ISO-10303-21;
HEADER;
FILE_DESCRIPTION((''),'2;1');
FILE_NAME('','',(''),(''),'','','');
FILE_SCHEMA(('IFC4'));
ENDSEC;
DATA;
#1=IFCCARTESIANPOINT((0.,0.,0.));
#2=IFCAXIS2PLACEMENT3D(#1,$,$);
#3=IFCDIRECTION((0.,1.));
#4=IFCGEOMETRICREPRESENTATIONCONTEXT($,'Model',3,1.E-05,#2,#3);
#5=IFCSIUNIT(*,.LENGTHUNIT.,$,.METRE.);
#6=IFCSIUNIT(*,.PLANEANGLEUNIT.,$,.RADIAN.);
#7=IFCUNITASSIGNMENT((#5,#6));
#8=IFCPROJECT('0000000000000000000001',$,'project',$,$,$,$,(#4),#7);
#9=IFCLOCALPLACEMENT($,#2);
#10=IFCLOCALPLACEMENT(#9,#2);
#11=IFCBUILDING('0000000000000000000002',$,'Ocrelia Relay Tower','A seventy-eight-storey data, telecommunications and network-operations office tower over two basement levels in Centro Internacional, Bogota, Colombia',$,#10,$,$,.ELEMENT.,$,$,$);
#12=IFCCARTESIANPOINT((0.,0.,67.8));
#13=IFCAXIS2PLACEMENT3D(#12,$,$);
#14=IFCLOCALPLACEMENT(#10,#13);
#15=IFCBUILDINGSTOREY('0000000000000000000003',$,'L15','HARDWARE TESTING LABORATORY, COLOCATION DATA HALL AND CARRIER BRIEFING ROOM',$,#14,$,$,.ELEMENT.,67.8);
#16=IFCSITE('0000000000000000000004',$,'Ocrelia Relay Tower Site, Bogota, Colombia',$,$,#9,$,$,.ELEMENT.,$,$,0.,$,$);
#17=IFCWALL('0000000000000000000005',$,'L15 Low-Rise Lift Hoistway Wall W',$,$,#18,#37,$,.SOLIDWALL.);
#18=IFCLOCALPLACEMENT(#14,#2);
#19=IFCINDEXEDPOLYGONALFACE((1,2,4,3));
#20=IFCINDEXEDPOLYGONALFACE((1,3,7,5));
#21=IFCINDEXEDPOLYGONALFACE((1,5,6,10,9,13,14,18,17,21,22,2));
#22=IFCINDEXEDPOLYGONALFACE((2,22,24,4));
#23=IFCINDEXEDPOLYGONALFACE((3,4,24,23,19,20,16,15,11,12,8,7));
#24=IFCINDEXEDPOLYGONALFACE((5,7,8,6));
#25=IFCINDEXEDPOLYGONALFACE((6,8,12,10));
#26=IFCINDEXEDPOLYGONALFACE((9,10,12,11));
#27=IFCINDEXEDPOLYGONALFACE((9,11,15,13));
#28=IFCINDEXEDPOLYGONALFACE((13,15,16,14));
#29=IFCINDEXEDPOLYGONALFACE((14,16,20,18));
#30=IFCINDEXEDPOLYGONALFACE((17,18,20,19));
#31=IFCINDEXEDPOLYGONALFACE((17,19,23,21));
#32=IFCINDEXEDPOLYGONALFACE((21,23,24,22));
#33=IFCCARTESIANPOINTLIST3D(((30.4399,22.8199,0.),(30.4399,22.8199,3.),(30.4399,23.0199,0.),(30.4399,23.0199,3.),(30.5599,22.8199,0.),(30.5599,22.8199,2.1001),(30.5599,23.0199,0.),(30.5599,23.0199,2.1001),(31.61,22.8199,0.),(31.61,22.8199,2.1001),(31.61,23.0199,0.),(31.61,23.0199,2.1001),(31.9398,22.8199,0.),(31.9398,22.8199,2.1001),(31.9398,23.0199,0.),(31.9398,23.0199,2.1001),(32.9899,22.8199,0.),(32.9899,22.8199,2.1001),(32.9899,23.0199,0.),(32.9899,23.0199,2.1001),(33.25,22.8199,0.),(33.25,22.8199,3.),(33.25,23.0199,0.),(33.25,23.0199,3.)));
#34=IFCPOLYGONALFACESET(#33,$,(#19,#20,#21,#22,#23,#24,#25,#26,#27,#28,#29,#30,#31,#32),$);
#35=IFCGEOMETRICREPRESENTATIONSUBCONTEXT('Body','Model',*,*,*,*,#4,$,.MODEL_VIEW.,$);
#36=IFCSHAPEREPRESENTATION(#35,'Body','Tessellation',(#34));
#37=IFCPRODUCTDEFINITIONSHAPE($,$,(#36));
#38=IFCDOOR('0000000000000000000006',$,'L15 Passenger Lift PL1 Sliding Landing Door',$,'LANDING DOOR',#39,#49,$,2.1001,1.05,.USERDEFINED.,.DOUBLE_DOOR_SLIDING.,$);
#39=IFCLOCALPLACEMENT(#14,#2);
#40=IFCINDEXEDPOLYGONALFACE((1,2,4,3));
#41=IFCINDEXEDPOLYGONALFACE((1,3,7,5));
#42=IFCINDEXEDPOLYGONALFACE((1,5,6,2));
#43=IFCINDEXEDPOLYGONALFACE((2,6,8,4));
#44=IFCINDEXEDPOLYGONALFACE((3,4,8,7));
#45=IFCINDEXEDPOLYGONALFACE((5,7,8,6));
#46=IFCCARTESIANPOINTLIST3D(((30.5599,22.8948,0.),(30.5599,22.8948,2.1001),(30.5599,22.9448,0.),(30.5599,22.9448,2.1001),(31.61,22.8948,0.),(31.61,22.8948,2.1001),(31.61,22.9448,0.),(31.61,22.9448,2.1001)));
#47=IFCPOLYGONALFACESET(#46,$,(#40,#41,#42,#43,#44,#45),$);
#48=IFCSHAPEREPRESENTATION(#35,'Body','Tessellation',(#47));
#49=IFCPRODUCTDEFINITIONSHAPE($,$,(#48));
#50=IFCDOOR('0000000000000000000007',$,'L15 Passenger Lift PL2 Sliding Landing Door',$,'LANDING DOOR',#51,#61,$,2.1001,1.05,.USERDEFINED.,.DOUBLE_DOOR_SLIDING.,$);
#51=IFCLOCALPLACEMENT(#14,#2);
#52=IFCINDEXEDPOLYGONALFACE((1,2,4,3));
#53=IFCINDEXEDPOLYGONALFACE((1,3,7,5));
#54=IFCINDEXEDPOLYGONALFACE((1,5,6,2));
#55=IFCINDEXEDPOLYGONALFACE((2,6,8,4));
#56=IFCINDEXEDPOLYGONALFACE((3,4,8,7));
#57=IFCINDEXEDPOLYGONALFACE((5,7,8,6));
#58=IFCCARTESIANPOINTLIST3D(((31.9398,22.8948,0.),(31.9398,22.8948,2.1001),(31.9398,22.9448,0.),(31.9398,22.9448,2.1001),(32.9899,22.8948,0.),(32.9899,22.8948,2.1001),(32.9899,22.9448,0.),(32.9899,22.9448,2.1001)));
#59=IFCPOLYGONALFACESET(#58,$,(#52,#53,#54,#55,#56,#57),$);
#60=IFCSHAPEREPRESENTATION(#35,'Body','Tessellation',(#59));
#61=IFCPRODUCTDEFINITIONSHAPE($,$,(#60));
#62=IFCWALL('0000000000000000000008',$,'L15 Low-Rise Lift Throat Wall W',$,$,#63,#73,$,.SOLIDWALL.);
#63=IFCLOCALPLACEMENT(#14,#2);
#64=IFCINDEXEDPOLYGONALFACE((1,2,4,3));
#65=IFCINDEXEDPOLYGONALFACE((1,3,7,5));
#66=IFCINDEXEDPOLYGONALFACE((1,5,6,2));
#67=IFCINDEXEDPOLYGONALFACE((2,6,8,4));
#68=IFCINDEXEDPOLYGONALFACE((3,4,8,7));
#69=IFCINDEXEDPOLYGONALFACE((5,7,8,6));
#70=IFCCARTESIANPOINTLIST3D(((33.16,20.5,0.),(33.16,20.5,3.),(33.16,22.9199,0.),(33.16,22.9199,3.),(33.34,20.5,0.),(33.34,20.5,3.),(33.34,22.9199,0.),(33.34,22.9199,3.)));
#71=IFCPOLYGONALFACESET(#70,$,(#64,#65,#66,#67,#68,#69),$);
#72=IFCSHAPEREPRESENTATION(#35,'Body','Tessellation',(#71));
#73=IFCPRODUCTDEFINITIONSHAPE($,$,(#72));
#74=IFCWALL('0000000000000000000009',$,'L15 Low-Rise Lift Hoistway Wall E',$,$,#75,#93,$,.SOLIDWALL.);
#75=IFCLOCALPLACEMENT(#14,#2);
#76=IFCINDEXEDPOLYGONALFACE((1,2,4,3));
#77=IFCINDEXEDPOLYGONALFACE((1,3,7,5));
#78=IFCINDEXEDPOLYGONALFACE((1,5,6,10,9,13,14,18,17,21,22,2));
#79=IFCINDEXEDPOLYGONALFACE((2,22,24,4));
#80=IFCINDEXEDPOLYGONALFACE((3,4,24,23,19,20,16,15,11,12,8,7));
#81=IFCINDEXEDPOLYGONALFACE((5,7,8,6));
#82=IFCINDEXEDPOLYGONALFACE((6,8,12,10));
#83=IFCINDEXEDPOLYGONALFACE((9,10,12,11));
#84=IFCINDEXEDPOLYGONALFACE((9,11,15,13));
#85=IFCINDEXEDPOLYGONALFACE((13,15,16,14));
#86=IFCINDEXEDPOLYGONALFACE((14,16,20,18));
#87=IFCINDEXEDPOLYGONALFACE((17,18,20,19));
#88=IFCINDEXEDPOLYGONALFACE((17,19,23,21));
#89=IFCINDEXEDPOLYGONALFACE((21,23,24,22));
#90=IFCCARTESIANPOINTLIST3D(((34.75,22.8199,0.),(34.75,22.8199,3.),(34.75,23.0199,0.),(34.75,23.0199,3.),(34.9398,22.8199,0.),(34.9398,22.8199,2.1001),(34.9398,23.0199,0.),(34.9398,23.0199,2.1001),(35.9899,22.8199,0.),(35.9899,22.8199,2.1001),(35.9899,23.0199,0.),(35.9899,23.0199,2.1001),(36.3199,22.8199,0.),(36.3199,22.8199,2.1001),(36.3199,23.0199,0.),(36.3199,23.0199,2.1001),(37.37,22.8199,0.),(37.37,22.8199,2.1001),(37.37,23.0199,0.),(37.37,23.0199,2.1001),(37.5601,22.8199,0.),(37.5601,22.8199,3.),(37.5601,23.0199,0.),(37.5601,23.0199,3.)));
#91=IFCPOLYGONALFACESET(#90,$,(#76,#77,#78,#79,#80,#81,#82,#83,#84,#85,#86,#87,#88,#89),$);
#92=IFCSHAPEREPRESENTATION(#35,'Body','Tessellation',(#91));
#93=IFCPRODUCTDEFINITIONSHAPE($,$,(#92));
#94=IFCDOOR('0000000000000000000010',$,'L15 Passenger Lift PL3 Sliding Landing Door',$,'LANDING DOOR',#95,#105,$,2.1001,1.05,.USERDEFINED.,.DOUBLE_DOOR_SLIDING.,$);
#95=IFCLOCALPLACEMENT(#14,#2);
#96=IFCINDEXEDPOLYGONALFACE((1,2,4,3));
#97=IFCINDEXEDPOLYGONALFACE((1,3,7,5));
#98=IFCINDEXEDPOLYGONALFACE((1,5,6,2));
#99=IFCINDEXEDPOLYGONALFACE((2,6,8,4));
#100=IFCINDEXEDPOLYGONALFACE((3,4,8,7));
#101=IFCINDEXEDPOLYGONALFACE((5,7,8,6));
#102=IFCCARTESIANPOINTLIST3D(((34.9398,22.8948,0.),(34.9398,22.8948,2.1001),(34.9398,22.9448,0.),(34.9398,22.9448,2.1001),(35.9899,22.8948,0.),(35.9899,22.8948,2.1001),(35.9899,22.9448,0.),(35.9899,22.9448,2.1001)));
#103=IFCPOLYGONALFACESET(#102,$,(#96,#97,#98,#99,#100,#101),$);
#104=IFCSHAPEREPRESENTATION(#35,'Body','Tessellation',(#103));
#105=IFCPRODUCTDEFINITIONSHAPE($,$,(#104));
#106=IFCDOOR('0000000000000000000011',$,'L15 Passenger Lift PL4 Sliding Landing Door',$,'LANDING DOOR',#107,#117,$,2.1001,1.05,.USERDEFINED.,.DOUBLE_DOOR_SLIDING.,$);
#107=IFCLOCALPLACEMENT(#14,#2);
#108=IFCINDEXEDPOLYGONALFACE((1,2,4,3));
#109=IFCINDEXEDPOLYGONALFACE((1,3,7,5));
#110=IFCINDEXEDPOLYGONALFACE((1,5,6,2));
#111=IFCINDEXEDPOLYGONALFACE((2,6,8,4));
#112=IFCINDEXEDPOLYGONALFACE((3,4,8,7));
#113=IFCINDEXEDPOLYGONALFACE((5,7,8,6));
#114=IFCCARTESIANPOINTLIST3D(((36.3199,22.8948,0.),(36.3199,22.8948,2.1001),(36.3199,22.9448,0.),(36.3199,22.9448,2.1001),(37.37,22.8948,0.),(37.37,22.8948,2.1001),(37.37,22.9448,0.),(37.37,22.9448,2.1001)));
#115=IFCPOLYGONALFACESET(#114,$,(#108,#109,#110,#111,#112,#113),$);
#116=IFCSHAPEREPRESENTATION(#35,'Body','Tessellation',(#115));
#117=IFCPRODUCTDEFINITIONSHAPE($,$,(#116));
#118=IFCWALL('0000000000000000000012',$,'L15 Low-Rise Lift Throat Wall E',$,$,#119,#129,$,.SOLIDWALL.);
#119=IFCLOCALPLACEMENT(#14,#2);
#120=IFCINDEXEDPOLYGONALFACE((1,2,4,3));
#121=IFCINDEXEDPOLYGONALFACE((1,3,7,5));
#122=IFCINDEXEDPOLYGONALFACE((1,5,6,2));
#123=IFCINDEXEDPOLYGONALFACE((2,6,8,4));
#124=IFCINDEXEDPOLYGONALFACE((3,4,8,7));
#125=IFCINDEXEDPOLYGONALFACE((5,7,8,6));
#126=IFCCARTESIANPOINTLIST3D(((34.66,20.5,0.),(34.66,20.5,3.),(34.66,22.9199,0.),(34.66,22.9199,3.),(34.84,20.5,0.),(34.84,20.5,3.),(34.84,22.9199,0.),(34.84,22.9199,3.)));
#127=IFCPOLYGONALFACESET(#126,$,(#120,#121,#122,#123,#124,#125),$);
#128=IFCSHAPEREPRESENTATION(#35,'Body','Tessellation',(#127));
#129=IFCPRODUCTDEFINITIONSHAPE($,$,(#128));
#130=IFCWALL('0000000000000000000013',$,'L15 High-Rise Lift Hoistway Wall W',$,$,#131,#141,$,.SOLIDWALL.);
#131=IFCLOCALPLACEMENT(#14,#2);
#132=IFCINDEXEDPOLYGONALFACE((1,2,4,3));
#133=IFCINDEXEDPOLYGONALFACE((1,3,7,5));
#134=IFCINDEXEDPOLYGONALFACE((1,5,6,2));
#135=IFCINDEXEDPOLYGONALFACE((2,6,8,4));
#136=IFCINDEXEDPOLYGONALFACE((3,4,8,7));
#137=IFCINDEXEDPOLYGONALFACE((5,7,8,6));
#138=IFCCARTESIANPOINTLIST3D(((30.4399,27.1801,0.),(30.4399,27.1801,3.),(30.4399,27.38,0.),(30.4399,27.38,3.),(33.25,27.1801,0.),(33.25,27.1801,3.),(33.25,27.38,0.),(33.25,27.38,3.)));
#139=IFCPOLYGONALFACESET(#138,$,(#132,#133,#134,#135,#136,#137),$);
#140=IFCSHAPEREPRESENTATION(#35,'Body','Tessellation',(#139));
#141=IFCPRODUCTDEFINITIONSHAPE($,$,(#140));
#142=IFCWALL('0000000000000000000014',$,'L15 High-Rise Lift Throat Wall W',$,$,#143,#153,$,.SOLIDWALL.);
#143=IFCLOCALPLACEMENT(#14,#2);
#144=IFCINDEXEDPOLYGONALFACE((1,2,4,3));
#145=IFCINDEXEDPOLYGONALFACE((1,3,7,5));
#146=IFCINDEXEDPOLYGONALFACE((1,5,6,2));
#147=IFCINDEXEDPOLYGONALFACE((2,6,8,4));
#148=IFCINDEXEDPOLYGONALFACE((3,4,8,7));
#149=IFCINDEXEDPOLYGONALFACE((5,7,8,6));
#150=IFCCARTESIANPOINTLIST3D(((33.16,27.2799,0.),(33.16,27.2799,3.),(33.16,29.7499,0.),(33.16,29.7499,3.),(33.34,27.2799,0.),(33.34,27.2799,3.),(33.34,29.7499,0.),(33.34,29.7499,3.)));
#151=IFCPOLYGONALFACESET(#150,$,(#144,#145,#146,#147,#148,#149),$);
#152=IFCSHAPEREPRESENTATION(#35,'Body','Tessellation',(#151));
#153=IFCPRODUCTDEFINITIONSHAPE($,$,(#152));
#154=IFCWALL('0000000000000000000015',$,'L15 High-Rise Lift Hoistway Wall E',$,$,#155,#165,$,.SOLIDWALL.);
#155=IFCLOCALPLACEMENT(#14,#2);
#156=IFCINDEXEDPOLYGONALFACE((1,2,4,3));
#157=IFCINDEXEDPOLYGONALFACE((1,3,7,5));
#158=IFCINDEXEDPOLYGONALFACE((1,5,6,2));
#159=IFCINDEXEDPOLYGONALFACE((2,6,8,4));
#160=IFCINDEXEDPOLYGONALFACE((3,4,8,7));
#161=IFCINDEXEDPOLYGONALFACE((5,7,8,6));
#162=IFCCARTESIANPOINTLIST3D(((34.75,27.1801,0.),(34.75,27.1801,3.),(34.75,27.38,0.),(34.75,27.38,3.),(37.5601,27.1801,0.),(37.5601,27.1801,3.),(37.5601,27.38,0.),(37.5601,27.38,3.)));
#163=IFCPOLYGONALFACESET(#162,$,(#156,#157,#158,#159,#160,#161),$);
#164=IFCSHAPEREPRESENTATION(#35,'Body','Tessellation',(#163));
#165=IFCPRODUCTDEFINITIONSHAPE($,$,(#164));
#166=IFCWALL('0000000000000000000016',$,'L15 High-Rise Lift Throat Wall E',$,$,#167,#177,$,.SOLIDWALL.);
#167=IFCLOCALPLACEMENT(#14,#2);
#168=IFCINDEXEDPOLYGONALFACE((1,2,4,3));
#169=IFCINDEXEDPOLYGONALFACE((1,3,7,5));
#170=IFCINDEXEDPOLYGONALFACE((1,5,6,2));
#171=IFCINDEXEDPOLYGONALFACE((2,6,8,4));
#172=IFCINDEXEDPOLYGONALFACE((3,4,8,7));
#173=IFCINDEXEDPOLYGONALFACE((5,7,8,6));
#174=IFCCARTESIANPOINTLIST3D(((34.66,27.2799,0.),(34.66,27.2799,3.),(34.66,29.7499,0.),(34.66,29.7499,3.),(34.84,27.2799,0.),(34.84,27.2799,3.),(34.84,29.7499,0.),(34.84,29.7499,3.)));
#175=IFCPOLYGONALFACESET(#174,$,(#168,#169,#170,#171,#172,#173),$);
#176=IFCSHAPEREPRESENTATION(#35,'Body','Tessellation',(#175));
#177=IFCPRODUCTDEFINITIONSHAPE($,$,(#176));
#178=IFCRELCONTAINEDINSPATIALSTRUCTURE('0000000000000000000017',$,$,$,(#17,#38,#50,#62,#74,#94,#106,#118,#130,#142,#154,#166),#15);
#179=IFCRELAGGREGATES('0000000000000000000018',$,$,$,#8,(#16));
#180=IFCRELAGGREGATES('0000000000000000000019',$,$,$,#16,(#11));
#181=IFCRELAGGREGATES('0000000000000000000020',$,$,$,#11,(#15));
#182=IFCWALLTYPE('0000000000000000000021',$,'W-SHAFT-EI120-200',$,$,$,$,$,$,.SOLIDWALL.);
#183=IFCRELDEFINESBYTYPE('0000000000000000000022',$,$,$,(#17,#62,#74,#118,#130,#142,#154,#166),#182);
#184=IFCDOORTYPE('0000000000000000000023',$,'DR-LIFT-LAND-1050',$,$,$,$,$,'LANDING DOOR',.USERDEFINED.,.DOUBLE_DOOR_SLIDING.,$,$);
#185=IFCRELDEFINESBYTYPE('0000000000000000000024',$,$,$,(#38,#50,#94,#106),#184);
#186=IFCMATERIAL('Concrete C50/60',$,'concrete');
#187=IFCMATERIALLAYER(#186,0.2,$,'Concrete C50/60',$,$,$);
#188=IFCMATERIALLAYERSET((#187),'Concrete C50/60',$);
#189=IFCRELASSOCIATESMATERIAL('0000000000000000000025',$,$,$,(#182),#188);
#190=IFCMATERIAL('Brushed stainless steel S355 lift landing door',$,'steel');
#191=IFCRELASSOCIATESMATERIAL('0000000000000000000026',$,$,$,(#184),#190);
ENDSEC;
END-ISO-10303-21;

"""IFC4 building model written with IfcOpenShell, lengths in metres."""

from ifc_helpers import new_model, si_unit, direction, frame, frame_2d, origin, place, context, subcontext, project, spatial, rectangle, extrude, material, layer, layer_set, type_object, element, fill, save


model = new_model("IFC4")

# Units and contexts
model_context = context("Model", 3, precision=1e-05, world=origin(), true_north=direction((0.0, 1.0)))
body_context = subcontext(model_context, "Body", "Model", "MODEL_VIEW")
ifc_project = project(units=[si_unit("LENGTHUNIT", "METRE"), si_unit("PLANEANGLEUNIT", "RADIAN")], contexts=[model_context])

# Site, building, storey
site_placement = place(None, origin())
site = spatial("IfcSite", under=ifc_project, at=site_placement, Name="Ocrelia Relay Tower Site, Bogota, Colombia", CompositionType="ELEMENT", RefElevation=0.0)
building_placement = place(site_placement, origin())
building = spatial("IfcBuilding", under=site, at=building_placement, Name="Ocrelia Relay Tower", Description="A seventy-eight-storey data, telecommunications and network-operations office tower over two basement levels in Centro Internacional, Bogota, Colombia", CompositionType="ELEMENT")
storey_placement = place(building_placement, frame((0.0, 0.0, 67.8)))
storey = spatial("IfcBuildingStorey", under=building, at=storey_placement, Name="L15", Description="HARDWARE TESTING LABORATORY, COLOCATION DATA HALL AND CARRIER BRIEFING ROOM", CompositionType="ELEMENT", Elevation=67.8)

# Wall, openings, doors
ifc_material_1 = material(Name="Concrete C50/60", Category="concrete")
ifc_layer_1 = layer(ifc_material_1, 0.2, Name="Concrete C50/60")
ifc_layer_set_1 = layer_set([ifc_layer_1], Name="Concrete C50/60")
wall_type_1 = type_object("IfcWallType", Name="W-SHAFT-EI120-200", PredefinedType="SOLIDWALL", material=ifc_layer_set_1)
wall_1_placement = place(storey_placement, frame((30.4399, 22.9199, 0.0), z_axis=(0.0, 0.0, 1.0), x_axis=(1.0, 0.0, 0.0)))
wall_1 = element("IfcWall", 1, at=wall_1_placement, inside=storey, type_object=wall_type_1, Name="L15 Low-Rise Lift Hoistway Wall W", PredefinedType="SOLIDWALL", context=body_context, shape_type="SweptSolid", body=[
    extrude(rectangle(XDim=2.8101, YDim=0.2, at=frame_2d((1.405, 0.0))), origin(), (0.0, 0.0, 1.0), 3.0),
])
opening_1_placement = place(wall_1_placement, frame((0.1201, 0.0, 0.0)))
opening_1 = element("IfcOpeningElement", 2, at=opening_1_placement, cuts=wall_1, PredefinedType="OPENING", context=body_context, shape_type="SweptSolid", body=[
    extrude(rectangle(XDim=1.05, YDim=2.1001, at=frame_2d((0.5249, 1.05))), frame((0.0, 0.1099, 0.0), z_axis=(0.0, -1.0, 0.0), x_axis=(1.0, 0.0, 0.0)), (0.0, 0.0, 1.0), 0.22),
])
opening_2_placement = place(wall_1_placement, frame((1.5, 0.0, 0.0)))
opening_2 = element("IfcOpeningElement", 3, at=opening_2_placement, cuts=wall_1, PredefinedType="OPENING", context=body_context, shape_type="SweptSolid", body=[
    extrude(rectangle(XDim=1.05, YDim=2.1001, at=frame_2d((0.5249, 1.05))), frame((0.0, 0.1099, 0.0), z_axis=(0.0, -1.0, 0.0), x_axis=(1.0, 0.0, 0.0)), (0.0, 0.0, 1.0), 0.22),
])
ifc_material_2 = material(Name="Brushed stainless steel S355 lift landing door", Category="steel")
door_type_1 = type_object("IfcDoorType", Name="DR-LIFT-LAND-1050", ElementType="LANDING DOOR", OperationType="DOUBLE_DOOR_SLIDING", PredefinedType="USERDEFINED", material=ifc_material_2)
door_1_placement = place(opening_1_placement, origin())
door_1 = element("IfcDoor", 4, at=door_1_placement, inside=storey, type_object=door_type_1, Name="L15 Passenger Lift PL1 Sliding Landing Door", ObjectType="LANDING DOOR", OperationType="DOUBLE_DOOR_SLIDING", OverallHeight=2.1001, OverallWidth=1.05, PredefinedType="USERDEFINED", context=body_context, shape_type="SweptSolid", body=[
    extrude(rectangle(XDim=1.05, YDim=2.1001, at=frame_2d((0.5249, 1.05))), frame((0.0, 0.0249, 0.0), z_axis=(0.0, -1.0, 0.0), x_axis=(1.0, 0.0, 0.0)), (0.0, 0.0, 1.0), 0.05),
])
fill(opening_1, door_1)
door_2_placement = place(opening_2_placement, origin())
door_2 = element("IfcDoor", 5, at=door_2_placement, inside=storey, type_object=door_type_1, Name="L15 Passenger Lift PL2 Sliding Landing Door", ObjectType="LANDING DOOR", OperationType="DOUBLE_DOOR_SLIDING", OverallHeight=2.1001, OverallWidth=1.05, PredefinedType="USERDEFINED", context=body_context, shape_type="SweptSolid", body=[
    extrude(rectangle(XDim=1.05, YDim=2.1001, at=frame_2d((0.5249, 1.05))), frame((0.0, 0.0249, 0.0), z_axis=(0.0, -1.0, 0.0), x_axis=(1.0, 0.0, 0.0)), (0.0, 0.0, 1.0), 0.05),
])
fill(opening_2, door_2)

# Wall
wall_2_placement = place(storey_placement, frame((33.25, 20.5, 0.0), z_axis=(0.0, 0.0, 1.0), x_axis=(0.0, 1.0, 0.0)))
element("IfcWall", 6, at=wall_2_placement, inside=storey, type_object=wall_type_1, Name="L15 Low-Rise Lift Throat Wall W", PredefinedType="SOLIDWALL", context=body_context, shape_type="SweptSolid", body=[
    extrude(rectangle(XDim=2.4199, YDim=0.1799, at=frame_2d((1.21, 0.0))), origin(), (0.0, 0.0, 1.0), 3.0),
])

# Wall, openings, doors
wall_3_placement = place(storey_placement, frame((34.75, 22.9199, 0.0), z_axis=(0.0, 0.0, 1.0), x_axis=(1.0, 0.0, 0.0)))
wall_3 = element("IfcWall", 7, at=wall_3_placement, inside=storey, type_object=wall_type_1, Name="L15 Low-Rise Lift Hoistway Wall E", PredefinedType="SOLIDWALL", context=body_context, shape_type="SweptSolid", body=[
    extrude(rectangle(XDim=2.8101, YDim=0.2, at=frame_2d((1.405, 0.0))), origin(), (0.0, 0.0, 1.0), 3.0),
])
opening_3_placement = place(wall_3_placement, frame((0.1899, 0.0, 0.0)))
opening_3 = element("IfcOpeningElement", 8, at=opening_3_placement, cuts=wall_3, PredefinedType="OPENING", context=body_context, shape_type="SweptSolid", body=[
    extrude(rectangle(XDim=1.05, YDim=2.1001, at=frame_2d((0.5249, 1.05))), frame((0.0, 0.1099, 0.0), z_axis=(0.0, -1.0, 0.0), x_axis=(1.0, 0.0, 0.0)), (0.0, 0.0, 1.0), 0.22),
])
opening_4_placement = place(wall_3_placement, frame((1.5701, 0.0, 0.0)))
opening_4 = element("IfcOpeningElement", 9, at=opening_4_placement, cuts=wall_3, PredefinedType="OPENING", context=body_context, shape_type="SweptSolid", body=[
    extrude(rectangle(XDim=1.05, YDim=2.1001, at=frame_2d((0.5249, 1.05))), frame((0.0, 0.1099, 0.0), z_axis=(0.0, -1.0, 0.0), x_axis=(1.0, 0.0, 0.0)), (0.0, 0.0, 1.0), 0.22),
])
door_3_placement = place(opening_3_placement, origin())
door_3 = element("IfcDoor", 10, at=door_3_placement, inside=storey, type_object=door_type_1, Name="L15 Passenger Lift PL3 Sliding Landing Door", ObjectType="LANDING DOOR", OperationType="DOUBLE_DOOR_SLIDING", OverallHeight=2.1001, OverallWidth=1.05, PredefinedType="USERDEFINED", context=body_context, shape_type="SweptSolid", body=[
    extrude(rectangle(XDim=1.05, YDim=2.1001, at=frame_2d((0.5249, 1.05))), frame((0.0, 0.0249, 0.0), z_axis=(0.0, -1.0, 0.0), x_axis=(1.0, 0.0, 0.0)), (0.0, 0.0, 1.0), 0.05),
])
fill(opening_3, door_3)
door_4_placement = place(opening_4_placement, origin())
door_4 = element("IfcDoor", 11, at=door_4_placement, inside=storey, type_object=door_type_1, Name="L15 Passenger Lift PL4 Sliding Landing Door", ObjectType="LANDING DOOR", OperationType="DOUBLE_DOOR_SLIDING", OverallHeight=2.1001, OverallWidth=1.05, PredefinedType="USERDEFINED", context=body_context, shape_type="SweptSolid", body=[
    extrude(rectangle(XDim=1.05, YDim=2.1001, at=frame_2d((0.5249, 1.05))), frame((0.0, 0.0249, 0.0), z_axis=(0.0, -1.0, 0.0), x_axis=(1.0, 0.0, 0.0)), (0.0, 0.0, 1.0), 0.05),
])
fill(opening_4, door_4)

# Walls
wall_4_placement = place(storey_placement, frame((34.75, 20.5, 0.0), z_axis=(0.0, 0.0, 1.0), x_axis=(0.0, 1.0, 0.0)))
element("IfcWall", 12, at=wall_4_placement, inside=storey, type_object=wall_type_1, Name="L15 Low-Rise Lift Throat Wall E", PredefinedType="SOLIDWALL", context=body_context, shape_type="SweptSolid", body=[
    extrude(rectangle(XDim=2.4199, YDim=0.1799, at=frame_2d((1.21, 0.0))), origin(), (0.0, 0.0, 1.0), 3.0),
])
wall_5_placement = place(storey_placement, frame((30.4399, 27.28, 0.0), z_axis=(0.0, 0.0, 1.0), x_axis=(1.0, 0.0, 0.0)))
element("IfcWall", 13, at=wall_5_placement, inside=storey, type_object=wall_type_1, Name="L15 High-Rise Lift Hoistway Wall W", PredefinedType="SOLIDWALL", context=body_context, shape_type="SweptSolid", body=[
    extrude(rectangle(XDim=2.8101, YDim=0.2, at=frame_2d((1.405, 0.0))), origin(), (0.0, 0.0, 1.0), 3.0),
])
wall_6_placement = place(storey_placement, frame((33.25, 27.28, 0.0), z_axis=(0.0, 0.0, 1.0), x_axis=(0.0, 1.0, 0.0)))
element("IfcWall", 14, at=wall_6_placement, inside=storey, type_object=wall_type_1, Name="L15 High-Rise Lift Throat Wall W", PredefinedType="SOLIDWALL", context=body_context, shape_type="SweptSolid", body=[
    extrude(rectangle(XDim=2.47, YDim=0.1799, at=frame_2d((1.2349, 0.0))), origin(), (0.0, 0.0, 1.0), 3.0),
])
wall_7_placement = place(storey_placement, frame((34.75, 27.28, 0.0), z_axis=(0.0, 0.0, 1.0), x_axis=(1.0, 0.0, 0.0)))
element("IfcWall", 15, at=wall_7_placement, inside=storey, type_object=wall_type_1, Name="L15 High-Rise Lift Hoistway Wall E", PredefinedType="SOLIDWALL", context=body_context, shape_type="SweptSolid", body=[
    extrude(rectangle(XDim=2.8101, YDim=0.2, at=frame_2d((1.405, 0.0))), origin(), (0.0, 0.0, 1.0), 3.0),
])
wall_8_placement = place(storey_placement, frame((34.75, 27.28, 0.0), z_axis=(0.0, 0.0, 1.0), x_axis=(0.0, 1.0, 0.0)))
element("IfcWall", 16, at=wall_8_placement, inside=storey, type_object=wall_type_1, Name="L15 High-Rise Lift Throat Wall E", PredefinedType="SOLIDWALL", context=body_context, shape_type="SweptSolid", body=[
    extrude(rectangle(XDim=2.47, YDim=0.1799, at=frame_2d((1.2349, 0.0))), origin(), (0.0, 0.0, 1.0), 3.0),
])

save(model, "model.ifc")
